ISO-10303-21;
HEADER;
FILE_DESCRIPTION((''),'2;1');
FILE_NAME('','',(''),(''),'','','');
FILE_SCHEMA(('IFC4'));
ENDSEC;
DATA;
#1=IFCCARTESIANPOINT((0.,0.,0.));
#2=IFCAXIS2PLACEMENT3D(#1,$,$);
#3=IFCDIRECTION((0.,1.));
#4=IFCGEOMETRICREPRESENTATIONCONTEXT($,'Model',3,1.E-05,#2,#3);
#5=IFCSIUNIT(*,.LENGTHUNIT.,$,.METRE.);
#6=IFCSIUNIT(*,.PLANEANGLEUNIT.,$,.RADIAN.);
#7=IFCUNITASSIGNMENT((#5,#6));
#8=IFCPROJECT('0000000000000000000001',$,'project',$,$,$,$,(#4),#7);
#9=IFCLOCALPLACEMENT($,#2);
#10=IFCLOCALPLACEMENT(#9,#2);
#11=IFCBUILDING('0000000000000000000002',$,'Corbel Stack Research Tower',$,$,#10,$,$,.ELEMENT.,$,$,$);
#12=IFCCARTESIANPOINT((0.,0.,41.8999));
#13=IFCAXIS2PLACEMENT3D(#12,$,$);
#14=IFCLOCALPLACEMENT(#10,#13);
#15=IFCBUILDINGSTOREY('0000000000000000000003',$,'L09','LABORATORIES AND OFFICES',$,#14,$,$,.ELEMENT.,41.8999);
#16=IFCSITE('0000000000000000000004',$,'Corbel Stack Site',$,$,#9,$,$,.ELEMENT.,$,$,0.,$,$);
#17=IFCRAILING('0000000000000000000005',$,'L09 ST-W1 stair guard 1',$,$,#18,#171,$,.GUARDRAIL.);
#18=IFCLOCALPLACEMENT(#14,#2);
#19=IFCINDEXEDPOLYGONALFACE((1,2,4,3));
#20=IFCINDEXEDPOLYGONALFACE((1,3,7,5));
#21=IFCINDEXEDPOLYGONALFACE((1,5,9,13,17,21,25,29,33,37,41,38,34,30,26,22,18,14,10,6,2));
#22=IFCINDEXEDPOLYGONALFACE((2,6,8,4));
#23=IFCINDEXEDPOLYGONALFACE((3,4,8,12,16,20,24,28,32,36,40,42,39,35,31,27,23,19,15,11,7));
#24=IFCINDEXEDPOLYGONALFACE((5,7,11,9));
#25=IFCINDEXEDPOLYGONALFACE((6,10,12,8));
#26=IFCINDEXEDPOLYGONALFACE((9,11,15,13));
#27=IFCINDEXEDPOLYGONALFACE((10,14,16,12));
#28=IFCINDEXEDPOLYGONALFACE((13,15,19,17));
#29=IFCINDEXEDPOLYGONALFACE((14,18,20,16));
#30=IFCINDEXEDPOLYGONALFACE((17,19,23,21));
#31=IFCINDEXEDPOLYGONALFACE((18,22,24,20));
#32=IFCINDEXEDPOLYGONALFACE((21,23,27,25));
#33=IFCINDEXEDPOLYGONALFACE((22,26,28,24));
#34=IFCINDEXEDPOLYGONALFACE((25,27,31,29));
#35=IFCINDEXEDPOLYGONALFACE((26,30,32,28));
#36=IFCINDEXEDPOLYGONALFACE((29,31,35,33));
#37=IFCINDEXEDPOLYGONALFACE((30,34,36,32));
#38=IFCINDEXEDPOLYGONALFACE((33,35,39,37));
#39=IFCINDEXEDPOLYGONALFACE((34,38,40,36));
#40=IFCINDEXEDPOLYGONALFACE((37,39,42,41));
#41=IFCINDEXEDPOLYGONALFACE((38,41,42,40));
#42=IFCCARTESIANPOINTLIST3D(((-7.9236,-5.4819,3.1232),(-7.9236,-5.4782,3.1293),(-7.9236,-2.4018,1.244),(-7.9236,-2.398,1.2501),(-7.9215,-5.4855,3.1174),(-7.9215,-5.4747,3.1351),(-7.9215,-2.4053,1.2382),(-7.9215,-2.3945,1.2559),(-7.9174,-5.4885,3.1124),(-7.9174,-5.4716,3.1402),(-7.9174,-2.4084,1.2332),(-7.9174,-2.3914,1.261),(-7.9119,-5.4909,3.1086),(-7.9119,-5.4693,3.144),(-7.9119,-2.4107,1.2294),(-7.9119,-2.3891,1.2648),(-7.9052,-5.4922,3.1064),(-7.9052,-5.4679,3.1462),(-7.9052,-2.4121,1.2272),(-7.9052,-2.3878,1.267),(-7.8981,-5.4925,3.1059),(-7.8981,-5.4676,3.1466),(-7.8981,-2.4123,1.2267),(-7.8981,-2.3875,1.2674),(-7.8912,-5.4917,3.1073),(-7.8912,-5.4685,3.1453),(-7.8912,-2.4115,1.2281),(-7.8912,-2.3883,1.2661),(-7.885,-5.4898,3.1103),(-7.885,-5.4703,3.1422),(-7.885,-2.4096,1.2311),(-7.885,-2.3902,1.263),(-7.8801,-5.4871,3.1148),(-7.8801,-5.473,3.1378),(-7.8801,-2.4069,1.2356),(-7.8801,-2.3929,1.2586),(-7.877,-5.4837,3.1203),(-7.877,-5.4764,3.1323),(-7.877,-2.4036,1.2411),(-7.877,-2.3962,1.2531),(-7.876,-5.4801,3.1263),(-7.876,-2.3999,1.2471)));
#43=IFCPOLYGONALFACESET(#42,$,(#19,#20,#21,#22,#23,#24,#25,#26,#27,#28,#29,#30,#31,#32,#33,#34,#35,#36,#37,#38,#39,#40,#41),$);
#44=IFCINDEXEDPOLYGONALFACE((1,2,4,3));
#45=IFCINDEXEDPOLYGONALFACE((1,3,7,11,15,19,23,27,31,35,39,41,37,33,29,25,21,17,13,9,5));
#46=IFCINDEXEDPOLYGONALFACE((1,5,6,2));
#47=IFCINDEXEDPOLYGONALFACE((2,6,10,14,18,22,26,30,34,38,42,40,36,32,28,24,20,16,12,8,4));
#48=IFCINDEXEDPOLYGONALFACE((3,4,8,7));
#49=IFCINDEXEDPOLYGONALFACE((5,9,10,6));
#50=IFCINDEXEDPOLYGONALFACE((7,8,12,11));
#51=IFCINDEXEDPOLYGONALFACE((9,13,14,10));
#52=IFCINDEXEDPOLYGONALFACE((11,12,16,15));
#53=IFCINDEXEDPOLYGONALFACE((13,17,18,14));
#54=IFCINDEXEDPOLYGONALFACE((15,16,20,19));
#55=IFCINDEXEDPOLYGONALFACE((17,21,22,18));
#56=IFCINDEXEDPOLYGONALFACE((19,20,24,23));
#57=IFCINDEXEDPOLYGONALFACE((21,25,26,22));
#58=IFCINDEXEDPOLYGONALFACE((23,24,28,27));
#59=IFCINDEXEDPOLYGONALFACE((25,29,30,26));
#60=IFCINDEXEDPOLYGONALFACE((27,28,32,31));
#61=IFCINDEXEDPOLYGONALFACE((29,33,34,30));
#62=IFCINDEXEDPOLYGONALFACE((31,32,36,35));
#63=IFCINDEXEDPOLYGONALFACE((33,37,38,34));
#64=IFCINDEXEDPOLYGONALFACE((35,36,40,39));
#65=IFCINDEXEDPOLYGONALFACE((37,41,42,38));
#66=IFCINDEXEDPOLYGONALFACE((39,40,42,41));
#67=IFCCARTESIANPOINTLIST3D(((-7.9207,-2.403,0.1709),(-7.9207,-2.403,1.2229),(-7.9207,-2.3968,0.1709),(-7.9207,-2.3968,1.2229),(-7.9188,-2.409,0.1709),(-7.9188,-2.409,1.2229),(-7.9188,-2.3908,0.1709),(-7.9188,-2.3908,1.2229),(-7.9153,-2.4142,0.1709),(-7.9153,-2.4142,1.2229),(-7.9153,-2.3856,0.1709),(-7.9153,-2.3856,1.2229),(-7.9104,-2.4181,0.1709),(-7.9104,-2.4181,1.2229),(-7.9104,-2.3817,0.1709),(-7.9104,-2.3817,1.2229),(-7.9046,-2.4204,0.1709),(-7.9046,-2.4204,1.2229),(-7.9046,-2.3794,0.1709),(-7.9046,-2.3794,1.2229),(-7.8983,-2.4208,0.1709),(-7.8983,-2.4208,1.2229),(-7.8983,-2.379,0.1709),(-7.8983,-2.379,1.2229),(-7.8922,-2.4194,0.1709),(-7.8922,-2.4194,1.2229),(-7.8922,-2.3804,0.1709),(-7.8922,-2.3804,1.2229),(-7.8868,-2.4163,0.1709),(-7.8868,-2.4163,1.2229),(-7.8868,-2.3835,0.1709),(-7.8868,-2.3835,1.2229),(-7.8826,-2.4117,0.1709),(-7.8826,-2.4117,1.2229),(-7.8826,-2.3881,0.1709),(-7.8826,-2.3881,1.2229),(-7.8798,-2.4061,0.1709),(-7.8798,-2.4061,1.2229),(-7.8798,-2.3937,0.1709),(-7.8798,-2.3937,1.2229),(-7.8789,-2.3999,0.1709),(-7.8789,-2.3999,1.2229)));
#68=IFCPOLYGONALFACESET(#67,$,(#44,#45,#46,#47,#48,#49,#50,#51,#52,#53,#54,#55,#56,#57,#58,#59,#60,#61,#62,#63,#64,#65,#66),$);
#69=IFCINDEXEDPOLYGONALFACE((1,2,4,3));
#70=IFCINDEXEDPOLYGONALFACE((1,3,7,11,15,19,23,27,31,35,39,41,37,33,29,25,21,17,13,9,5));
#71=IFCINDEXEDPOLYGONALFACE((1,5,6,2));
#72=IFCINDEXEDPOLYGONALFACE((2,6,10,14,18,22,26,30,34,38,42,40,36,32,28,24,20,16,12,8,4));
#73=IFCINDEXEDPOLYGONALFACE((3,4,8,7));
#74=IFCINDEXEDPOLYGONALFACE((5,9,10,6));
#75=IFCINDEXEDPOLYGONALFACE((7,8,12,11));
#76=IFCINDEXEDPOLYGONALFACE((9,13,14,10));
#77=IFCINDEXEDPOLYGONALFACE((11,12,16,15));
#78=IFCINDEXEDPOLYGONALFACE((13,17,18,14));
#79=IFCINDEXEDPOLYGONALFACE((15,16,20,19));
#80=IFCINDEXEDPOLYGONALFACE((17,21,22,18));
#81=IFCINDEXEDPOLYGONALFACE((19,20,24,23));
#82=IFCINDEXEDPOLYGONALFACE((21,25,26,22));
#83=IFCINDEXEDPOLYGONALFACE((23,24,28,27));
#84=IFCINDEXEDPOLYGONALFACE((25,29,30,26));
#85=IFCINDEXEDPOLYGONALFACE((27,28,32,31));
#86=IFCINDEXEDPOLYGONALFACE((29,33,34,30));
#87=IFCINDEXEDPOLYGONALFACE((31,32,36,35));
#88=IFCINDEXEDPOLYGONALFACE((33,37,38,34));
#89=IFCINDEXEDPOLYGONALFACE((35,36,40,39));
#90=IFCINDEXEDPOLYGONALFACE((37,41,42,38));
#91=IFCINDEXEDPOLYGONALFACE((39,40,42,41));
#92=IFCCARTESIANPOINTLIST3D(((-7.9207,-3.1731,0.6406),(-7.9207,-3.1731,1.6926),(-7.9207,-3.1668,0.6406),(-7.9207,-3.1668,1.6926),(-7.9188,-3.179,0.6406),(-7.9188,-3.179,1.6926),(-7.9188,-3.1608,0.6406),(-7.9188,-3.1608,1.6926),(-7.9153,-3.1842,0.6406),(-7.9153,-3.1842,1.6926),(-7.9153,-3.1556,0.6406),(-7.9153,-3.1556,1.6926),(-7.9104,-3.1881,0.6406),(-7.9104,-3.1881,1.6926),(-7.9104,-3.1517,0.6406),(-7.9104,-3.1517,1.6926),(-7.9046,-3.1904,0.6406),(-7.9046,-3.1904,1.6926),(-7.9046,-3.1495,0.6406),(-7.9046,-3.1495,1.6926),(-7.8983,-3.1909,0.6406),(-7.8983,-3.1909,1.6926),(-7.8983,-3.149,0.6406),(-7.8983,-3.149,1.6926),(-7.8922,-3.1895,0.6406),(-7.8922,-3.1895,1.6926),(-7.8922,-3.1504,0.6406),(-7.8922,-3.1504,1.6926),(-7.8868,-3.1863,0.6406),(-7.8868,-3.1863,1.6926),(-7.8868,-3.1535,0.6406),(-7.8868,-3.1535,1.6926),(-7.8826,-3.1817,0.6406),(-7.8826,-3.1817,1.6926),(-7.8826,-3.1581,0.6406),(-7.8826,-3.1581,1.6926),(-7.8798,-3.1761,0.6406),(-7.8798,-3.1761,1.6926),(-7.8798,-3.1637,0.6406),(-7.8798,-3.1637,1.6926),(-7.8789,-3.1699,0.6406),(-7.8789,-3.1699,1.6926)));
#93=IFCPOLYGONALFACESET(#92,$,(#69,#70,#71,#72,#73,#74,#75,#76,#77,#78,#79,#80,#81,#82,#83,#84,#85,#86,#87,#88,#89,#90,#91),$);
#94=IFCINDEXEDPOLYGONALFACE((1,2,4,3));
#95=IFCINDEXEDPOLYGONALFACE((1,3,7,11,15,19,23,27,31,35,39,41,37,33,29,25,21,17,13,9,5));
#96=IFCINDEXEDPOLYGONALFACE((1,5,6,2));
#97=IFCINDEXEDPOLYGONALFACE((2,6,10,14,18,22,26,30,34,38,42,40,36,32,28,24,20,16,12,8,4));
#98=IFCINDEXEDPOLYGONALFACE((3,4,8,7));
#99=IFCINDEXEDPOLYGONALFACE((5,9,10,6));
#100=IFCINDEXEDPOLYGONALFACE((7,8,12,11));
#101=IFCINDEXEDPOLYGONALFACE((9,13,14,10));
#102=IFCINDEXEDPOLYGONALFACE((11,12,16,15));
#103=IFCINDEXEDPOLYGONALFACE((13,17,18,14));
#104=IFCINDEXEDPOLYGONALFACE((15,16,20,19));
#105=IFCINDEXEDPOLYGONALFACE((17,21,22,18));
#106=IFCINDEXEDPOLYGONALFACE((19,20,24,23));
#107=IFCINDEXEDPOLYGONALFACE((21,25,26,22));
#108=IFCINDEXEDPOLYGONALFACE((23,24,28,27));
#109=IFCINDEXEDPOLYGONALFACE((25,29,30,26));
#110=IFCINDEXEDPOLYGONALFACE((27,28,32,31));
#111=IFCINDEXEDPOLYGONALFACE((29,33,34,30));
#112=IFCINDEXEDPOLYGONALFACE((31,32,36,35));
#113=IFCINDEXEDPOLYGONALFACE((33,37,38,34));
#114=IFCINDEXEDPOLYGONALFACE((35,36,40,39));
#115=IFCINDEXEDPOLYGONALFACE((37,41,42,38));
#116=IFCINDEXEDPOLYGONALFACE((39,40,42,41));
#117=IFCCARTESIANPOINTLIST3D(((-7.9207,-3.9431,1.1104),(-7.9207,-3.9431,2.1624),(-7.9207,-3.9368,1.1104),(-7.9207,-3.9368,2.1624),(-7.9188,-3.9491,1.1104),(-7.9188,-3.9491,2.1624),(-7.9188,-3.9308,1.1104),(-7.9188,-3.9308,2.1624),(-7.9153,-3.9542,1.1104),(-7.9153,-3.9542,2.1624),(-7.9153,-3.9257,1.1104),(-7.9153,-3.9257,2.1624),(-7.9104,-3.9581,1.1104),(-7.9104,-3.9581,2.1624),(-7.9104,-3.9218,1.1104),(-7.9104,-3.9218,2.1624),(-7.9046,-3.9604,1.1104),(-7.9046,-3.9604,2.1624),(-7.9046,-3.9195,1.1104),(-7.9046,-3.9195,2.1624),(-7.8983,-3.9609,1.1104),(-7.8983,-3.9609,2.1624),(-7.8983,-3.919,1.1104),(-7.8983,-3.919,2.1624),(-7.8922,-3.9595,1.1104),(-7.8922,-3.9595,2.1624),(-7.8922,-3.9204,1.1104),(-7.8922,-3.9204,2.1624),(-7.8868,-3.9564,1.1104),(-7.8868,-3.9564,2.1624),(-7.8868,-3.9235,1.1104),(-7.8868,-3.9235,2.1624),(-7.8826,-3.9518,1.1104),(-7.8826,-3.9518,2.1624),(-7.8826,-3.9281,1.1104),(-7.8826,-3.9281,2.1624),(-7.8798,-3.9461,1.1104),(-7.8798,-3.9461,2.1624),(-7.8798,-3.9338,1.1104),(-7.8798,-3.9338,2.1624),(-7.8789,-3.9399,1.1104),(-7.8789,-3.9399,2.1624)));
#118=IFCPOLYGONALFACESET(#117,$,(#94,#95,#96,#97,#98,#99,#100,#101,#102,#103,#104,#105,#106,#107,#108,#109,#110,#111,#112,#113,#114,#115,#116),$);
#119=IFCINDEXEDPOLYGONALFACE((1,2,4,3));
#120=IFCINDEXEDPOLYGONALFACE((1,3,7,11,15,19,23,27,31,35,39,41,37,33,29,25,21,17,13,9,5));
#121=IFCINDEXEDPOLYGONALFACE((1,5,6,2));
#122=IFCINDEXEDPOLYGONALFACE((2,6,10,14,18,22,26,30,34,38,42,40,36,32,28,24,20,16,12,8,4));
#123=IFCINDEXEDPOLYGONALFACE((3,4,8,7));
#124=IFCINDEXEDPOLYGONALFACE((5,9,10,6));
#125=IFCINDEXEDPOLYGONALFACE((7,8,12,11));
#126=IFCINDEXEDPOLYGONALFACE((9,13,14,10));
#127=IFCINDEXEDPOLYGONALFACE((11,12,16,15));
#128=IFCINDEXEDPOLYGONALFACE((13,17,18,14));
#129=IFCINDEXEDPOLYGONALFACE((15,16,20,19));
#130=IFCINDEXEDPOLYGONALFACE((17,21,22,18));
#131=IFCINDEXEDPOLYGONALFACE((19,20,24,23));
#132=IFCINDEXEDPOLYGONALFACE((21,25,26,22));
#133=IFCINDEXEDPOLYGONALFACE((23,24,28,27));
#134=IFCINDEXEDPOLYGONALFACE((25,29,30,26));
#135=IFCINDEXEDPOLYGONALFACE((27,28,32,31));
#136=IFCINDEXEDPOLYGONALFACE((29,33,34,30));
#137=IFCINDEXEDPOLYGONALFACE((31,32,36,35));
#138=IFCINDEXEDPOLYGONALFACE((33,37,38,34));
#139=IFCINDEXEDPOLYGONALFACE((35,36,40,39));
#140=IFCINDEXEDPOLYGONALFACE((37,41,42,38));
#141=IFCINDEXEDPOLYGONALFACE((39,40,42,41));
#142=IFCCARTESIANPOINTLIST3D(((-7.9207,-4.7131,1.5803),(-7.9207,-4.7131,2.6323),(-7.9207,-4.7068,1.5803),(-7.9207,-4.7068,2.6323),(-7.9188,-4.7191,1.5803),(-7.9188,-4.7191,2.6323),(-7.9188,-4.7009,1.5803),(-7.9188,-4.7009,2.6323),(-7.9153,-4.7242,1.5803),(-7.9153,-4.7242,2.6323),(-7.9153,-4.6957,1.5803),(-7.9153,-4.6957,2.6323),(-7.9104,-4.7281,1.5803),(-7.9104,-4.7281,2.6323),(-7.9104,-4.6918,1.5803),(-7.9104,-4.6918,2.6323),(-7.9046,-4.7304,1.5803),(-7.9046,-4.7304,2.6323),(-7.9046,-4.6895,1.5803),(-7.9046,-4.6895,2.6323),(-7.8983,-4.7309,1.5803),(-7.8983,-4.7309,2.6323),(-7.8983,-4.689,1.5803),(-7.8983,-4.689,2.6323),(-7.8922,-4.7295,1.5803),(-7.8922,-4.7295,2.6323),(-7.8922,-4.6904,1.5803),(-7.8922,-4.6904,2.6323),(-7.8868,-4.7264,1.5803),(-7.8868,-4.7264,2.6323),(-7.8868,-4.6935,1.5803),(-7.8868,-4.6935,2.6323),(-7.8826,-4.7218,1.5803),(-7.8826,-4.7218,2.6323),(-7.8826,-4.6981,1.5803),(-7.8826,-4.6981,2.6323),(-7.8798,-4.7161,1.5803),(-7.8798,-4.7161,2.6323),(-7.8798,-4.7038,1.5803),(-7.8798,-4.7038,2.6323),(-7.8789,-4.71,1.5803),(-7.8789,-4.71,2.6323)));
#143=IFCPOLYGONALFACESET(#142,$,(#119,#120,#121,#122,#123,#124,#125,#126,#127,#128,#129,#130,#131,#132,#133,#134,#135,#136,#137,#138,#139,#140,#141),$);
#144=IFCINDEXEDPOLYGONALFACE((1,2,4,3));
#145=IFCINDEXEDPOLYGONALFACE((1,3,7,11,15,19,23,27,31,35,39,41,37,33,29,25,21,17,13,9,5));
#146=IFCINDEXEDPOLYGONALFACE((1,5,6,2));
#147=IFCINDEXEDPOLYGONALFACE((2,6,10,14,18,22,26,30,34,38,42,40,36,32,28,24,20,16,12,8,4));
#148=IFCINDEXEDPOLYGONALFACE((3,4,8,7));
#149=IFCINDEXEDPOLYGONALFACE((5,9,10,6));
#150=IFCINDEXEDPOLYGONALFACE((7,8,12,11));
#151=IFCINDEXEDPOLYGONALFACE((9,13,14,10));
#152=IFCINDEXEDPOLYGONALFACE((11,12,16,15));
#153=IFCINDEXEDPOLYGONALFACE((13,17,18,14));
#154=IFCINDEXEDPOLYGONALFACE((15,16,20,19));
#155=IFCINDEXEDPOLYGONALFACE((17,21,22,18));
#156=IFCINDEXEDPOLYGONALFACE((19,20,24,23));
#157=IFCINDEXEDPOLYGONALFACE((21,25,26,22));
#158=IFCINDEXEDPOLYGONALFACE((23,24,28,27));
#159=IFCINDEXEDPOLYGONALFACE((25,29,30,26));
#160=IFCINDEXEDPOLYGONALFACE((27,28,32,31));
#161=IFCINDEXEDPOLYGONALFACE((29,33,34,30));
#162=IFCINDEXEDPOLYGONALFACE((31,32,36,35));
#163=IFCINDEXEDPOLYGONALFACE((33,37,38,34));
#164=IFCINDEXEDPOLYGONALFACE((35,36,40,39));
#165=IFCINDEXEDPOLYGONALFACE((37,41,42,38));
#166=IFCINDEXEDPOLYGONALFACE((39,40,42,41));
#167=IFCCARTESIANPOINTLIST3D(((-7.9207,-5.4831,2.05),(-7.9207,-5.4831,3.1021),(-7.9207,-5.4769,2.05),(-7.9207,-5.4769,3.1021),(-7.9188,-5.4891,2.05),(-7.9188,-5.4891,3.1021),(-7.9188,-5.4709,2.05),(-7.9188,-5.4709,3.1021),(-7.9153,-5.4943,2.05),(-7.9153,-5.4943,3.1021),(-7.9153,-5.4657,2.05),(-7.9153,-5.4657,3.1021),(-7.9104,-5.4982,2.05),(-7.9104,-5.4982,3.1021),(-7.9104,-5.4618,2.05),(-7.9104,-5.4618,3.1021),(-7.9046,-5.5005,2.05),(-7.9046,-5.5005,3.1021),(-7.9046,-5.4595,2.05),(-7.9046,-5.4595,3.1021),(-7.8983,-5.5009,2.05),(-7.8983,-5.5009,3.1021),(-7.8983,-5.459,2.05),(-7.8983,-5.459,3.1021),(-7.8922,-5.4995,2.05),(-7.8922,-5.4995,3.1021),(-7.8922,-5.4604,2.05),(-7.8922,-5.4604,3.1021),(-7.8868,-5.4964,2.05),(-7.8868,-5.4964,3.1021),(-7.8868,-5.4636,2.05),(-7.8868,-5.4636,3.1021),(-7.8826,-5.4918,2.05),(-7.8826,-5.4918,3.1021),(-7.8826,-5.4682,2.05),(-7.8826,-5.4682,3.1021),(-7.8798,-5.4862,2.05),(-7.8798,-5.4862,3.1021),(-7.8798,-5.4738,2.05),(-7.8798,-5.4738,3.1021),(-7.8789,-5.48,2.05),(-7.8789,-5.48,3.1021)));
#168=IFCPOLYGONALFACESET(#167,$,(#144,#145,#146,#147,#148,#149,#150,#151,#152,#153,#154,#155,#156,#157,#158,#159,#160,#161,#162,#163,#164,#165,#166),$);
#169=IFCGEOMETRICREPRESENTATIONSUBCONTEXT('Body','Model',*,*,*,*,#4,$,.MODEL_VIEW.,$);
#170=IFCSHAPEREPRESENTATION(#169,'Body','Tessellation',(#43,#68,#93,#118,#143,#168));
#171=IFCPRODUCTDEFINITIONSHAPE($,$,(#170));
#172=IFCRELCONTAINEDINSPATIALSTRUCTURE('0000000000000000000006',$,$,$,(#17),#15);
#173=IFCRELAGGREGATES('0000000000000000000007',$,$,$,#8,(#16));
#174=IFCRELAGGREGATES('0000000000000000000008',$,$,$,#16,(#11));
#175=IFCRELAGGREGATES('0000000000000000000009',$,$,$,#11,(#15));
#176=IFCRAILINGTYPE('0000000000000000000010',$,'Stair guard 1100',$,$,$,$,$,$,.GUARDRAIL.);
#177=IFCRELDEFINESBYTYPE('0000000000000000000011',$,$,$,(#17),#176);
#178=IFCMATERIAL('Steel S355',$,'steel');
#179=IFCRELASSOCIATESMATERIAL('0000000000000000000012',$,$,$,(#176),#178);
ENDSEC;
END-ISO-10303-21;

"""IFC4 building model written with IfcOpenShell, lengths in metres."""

from ifc_helpers import new_model, si_unit, direction, frame, origin, origin_2d, place, context, subcontext, project, spatial, circle, extrude, material, type_object, element, save


model = new_model("IFC4")

# Units and contexts
model_context = context("Model", 3, precision=1e-05, world=origin(), true_north=direction((0.0, 1.0)))
body_context = subcontext(model_context, "Body", "Model", "MODEL_VIEW")
ifc_project = project(units=[si_unit("LENGTHUNIT", "METRE"), si_unit("PLANEANGLEUNIT", "RADIAN")], contexts=[model_context])

# Site, building, storey
site_placement = place(None, origin())
site = spatial("IfcSite", under=ifc_project, at=site_placement, Name="Corbel Stack Site", CompositionType="ELEMENT", RefElevation=0.0)
building_placement = place(site_placement, origin())
building = spatial("IfcBuilding", under=site, at=building_placement, Name="Corbel Stack Research Tower", CompositionType="ELEMENT")
storey_placement = place(building_placement, frame((0.0, 0.0, 41.8999)))
storey = spatial("IfcBuildingStorey", under=building, at=storey_placement, Name="L09", Description="LABORATORIES AND OFFICES", CompositionType="ELEMENT", Elevation=41.8999)

# Railing
ifc_material_1 = material(Name="Steel S355", Category="steel")
railing_type_1 = type_object("IfcRailingType", Name="Stair guard 1100", PredefinedType="GUARDRAIL", material=ifc_material_1)
railing_1_placement = place(storey_placement, frame((-7.8999, -2.3999, 0.1709)))
element("IfcRailing", 1, at=railing_1_placement, inside=storey, type_object=railing_type_1, Name="L09 ST-W1 stair guard 1", PredefinedType="GUARDRAIL", context=body_context, shape_type="SweptSolid", body=[
    extrude(circle(Radius=0.0239, at=origin_2d()), frame((0.0, 0.0, 1.0762), z_axis=(0.0, -0.853666, 0.52082), x_axis=(1.0, 0.0, 0.0)), (0.0, 0.0, 1.0), 3.6082),
    extrude(circle(Radius=0.021, at=origin_2d()), origin(), (0.0, 0.0, 1.0), 1.052),
    extrude(circle(Radius=0.021, at=origin_2d()), frame((0.0, -0.77, 0.4697)), (0.0, 0.0, 1.0), 1.052),
    extrude(circle(Radius=0.021, at=origin_2d()), frame((0.0, -1.54, 0.9395)), (0.0, 0.0, 1.0), 1.052),
    extrude(circle(Radius=0.021, at=origin_2d()), frame((0.0, -2.3101, 1.4094)), (0.0, 0.0, 1.0), 1.052),
    extrude(circle(Radius=0.021, at=origin_2d()), frame((0.0, -3.0801, 1.8792)), (0.0, 0.0, 1.0), 1.052),
])

save(model, "model.ifc")
